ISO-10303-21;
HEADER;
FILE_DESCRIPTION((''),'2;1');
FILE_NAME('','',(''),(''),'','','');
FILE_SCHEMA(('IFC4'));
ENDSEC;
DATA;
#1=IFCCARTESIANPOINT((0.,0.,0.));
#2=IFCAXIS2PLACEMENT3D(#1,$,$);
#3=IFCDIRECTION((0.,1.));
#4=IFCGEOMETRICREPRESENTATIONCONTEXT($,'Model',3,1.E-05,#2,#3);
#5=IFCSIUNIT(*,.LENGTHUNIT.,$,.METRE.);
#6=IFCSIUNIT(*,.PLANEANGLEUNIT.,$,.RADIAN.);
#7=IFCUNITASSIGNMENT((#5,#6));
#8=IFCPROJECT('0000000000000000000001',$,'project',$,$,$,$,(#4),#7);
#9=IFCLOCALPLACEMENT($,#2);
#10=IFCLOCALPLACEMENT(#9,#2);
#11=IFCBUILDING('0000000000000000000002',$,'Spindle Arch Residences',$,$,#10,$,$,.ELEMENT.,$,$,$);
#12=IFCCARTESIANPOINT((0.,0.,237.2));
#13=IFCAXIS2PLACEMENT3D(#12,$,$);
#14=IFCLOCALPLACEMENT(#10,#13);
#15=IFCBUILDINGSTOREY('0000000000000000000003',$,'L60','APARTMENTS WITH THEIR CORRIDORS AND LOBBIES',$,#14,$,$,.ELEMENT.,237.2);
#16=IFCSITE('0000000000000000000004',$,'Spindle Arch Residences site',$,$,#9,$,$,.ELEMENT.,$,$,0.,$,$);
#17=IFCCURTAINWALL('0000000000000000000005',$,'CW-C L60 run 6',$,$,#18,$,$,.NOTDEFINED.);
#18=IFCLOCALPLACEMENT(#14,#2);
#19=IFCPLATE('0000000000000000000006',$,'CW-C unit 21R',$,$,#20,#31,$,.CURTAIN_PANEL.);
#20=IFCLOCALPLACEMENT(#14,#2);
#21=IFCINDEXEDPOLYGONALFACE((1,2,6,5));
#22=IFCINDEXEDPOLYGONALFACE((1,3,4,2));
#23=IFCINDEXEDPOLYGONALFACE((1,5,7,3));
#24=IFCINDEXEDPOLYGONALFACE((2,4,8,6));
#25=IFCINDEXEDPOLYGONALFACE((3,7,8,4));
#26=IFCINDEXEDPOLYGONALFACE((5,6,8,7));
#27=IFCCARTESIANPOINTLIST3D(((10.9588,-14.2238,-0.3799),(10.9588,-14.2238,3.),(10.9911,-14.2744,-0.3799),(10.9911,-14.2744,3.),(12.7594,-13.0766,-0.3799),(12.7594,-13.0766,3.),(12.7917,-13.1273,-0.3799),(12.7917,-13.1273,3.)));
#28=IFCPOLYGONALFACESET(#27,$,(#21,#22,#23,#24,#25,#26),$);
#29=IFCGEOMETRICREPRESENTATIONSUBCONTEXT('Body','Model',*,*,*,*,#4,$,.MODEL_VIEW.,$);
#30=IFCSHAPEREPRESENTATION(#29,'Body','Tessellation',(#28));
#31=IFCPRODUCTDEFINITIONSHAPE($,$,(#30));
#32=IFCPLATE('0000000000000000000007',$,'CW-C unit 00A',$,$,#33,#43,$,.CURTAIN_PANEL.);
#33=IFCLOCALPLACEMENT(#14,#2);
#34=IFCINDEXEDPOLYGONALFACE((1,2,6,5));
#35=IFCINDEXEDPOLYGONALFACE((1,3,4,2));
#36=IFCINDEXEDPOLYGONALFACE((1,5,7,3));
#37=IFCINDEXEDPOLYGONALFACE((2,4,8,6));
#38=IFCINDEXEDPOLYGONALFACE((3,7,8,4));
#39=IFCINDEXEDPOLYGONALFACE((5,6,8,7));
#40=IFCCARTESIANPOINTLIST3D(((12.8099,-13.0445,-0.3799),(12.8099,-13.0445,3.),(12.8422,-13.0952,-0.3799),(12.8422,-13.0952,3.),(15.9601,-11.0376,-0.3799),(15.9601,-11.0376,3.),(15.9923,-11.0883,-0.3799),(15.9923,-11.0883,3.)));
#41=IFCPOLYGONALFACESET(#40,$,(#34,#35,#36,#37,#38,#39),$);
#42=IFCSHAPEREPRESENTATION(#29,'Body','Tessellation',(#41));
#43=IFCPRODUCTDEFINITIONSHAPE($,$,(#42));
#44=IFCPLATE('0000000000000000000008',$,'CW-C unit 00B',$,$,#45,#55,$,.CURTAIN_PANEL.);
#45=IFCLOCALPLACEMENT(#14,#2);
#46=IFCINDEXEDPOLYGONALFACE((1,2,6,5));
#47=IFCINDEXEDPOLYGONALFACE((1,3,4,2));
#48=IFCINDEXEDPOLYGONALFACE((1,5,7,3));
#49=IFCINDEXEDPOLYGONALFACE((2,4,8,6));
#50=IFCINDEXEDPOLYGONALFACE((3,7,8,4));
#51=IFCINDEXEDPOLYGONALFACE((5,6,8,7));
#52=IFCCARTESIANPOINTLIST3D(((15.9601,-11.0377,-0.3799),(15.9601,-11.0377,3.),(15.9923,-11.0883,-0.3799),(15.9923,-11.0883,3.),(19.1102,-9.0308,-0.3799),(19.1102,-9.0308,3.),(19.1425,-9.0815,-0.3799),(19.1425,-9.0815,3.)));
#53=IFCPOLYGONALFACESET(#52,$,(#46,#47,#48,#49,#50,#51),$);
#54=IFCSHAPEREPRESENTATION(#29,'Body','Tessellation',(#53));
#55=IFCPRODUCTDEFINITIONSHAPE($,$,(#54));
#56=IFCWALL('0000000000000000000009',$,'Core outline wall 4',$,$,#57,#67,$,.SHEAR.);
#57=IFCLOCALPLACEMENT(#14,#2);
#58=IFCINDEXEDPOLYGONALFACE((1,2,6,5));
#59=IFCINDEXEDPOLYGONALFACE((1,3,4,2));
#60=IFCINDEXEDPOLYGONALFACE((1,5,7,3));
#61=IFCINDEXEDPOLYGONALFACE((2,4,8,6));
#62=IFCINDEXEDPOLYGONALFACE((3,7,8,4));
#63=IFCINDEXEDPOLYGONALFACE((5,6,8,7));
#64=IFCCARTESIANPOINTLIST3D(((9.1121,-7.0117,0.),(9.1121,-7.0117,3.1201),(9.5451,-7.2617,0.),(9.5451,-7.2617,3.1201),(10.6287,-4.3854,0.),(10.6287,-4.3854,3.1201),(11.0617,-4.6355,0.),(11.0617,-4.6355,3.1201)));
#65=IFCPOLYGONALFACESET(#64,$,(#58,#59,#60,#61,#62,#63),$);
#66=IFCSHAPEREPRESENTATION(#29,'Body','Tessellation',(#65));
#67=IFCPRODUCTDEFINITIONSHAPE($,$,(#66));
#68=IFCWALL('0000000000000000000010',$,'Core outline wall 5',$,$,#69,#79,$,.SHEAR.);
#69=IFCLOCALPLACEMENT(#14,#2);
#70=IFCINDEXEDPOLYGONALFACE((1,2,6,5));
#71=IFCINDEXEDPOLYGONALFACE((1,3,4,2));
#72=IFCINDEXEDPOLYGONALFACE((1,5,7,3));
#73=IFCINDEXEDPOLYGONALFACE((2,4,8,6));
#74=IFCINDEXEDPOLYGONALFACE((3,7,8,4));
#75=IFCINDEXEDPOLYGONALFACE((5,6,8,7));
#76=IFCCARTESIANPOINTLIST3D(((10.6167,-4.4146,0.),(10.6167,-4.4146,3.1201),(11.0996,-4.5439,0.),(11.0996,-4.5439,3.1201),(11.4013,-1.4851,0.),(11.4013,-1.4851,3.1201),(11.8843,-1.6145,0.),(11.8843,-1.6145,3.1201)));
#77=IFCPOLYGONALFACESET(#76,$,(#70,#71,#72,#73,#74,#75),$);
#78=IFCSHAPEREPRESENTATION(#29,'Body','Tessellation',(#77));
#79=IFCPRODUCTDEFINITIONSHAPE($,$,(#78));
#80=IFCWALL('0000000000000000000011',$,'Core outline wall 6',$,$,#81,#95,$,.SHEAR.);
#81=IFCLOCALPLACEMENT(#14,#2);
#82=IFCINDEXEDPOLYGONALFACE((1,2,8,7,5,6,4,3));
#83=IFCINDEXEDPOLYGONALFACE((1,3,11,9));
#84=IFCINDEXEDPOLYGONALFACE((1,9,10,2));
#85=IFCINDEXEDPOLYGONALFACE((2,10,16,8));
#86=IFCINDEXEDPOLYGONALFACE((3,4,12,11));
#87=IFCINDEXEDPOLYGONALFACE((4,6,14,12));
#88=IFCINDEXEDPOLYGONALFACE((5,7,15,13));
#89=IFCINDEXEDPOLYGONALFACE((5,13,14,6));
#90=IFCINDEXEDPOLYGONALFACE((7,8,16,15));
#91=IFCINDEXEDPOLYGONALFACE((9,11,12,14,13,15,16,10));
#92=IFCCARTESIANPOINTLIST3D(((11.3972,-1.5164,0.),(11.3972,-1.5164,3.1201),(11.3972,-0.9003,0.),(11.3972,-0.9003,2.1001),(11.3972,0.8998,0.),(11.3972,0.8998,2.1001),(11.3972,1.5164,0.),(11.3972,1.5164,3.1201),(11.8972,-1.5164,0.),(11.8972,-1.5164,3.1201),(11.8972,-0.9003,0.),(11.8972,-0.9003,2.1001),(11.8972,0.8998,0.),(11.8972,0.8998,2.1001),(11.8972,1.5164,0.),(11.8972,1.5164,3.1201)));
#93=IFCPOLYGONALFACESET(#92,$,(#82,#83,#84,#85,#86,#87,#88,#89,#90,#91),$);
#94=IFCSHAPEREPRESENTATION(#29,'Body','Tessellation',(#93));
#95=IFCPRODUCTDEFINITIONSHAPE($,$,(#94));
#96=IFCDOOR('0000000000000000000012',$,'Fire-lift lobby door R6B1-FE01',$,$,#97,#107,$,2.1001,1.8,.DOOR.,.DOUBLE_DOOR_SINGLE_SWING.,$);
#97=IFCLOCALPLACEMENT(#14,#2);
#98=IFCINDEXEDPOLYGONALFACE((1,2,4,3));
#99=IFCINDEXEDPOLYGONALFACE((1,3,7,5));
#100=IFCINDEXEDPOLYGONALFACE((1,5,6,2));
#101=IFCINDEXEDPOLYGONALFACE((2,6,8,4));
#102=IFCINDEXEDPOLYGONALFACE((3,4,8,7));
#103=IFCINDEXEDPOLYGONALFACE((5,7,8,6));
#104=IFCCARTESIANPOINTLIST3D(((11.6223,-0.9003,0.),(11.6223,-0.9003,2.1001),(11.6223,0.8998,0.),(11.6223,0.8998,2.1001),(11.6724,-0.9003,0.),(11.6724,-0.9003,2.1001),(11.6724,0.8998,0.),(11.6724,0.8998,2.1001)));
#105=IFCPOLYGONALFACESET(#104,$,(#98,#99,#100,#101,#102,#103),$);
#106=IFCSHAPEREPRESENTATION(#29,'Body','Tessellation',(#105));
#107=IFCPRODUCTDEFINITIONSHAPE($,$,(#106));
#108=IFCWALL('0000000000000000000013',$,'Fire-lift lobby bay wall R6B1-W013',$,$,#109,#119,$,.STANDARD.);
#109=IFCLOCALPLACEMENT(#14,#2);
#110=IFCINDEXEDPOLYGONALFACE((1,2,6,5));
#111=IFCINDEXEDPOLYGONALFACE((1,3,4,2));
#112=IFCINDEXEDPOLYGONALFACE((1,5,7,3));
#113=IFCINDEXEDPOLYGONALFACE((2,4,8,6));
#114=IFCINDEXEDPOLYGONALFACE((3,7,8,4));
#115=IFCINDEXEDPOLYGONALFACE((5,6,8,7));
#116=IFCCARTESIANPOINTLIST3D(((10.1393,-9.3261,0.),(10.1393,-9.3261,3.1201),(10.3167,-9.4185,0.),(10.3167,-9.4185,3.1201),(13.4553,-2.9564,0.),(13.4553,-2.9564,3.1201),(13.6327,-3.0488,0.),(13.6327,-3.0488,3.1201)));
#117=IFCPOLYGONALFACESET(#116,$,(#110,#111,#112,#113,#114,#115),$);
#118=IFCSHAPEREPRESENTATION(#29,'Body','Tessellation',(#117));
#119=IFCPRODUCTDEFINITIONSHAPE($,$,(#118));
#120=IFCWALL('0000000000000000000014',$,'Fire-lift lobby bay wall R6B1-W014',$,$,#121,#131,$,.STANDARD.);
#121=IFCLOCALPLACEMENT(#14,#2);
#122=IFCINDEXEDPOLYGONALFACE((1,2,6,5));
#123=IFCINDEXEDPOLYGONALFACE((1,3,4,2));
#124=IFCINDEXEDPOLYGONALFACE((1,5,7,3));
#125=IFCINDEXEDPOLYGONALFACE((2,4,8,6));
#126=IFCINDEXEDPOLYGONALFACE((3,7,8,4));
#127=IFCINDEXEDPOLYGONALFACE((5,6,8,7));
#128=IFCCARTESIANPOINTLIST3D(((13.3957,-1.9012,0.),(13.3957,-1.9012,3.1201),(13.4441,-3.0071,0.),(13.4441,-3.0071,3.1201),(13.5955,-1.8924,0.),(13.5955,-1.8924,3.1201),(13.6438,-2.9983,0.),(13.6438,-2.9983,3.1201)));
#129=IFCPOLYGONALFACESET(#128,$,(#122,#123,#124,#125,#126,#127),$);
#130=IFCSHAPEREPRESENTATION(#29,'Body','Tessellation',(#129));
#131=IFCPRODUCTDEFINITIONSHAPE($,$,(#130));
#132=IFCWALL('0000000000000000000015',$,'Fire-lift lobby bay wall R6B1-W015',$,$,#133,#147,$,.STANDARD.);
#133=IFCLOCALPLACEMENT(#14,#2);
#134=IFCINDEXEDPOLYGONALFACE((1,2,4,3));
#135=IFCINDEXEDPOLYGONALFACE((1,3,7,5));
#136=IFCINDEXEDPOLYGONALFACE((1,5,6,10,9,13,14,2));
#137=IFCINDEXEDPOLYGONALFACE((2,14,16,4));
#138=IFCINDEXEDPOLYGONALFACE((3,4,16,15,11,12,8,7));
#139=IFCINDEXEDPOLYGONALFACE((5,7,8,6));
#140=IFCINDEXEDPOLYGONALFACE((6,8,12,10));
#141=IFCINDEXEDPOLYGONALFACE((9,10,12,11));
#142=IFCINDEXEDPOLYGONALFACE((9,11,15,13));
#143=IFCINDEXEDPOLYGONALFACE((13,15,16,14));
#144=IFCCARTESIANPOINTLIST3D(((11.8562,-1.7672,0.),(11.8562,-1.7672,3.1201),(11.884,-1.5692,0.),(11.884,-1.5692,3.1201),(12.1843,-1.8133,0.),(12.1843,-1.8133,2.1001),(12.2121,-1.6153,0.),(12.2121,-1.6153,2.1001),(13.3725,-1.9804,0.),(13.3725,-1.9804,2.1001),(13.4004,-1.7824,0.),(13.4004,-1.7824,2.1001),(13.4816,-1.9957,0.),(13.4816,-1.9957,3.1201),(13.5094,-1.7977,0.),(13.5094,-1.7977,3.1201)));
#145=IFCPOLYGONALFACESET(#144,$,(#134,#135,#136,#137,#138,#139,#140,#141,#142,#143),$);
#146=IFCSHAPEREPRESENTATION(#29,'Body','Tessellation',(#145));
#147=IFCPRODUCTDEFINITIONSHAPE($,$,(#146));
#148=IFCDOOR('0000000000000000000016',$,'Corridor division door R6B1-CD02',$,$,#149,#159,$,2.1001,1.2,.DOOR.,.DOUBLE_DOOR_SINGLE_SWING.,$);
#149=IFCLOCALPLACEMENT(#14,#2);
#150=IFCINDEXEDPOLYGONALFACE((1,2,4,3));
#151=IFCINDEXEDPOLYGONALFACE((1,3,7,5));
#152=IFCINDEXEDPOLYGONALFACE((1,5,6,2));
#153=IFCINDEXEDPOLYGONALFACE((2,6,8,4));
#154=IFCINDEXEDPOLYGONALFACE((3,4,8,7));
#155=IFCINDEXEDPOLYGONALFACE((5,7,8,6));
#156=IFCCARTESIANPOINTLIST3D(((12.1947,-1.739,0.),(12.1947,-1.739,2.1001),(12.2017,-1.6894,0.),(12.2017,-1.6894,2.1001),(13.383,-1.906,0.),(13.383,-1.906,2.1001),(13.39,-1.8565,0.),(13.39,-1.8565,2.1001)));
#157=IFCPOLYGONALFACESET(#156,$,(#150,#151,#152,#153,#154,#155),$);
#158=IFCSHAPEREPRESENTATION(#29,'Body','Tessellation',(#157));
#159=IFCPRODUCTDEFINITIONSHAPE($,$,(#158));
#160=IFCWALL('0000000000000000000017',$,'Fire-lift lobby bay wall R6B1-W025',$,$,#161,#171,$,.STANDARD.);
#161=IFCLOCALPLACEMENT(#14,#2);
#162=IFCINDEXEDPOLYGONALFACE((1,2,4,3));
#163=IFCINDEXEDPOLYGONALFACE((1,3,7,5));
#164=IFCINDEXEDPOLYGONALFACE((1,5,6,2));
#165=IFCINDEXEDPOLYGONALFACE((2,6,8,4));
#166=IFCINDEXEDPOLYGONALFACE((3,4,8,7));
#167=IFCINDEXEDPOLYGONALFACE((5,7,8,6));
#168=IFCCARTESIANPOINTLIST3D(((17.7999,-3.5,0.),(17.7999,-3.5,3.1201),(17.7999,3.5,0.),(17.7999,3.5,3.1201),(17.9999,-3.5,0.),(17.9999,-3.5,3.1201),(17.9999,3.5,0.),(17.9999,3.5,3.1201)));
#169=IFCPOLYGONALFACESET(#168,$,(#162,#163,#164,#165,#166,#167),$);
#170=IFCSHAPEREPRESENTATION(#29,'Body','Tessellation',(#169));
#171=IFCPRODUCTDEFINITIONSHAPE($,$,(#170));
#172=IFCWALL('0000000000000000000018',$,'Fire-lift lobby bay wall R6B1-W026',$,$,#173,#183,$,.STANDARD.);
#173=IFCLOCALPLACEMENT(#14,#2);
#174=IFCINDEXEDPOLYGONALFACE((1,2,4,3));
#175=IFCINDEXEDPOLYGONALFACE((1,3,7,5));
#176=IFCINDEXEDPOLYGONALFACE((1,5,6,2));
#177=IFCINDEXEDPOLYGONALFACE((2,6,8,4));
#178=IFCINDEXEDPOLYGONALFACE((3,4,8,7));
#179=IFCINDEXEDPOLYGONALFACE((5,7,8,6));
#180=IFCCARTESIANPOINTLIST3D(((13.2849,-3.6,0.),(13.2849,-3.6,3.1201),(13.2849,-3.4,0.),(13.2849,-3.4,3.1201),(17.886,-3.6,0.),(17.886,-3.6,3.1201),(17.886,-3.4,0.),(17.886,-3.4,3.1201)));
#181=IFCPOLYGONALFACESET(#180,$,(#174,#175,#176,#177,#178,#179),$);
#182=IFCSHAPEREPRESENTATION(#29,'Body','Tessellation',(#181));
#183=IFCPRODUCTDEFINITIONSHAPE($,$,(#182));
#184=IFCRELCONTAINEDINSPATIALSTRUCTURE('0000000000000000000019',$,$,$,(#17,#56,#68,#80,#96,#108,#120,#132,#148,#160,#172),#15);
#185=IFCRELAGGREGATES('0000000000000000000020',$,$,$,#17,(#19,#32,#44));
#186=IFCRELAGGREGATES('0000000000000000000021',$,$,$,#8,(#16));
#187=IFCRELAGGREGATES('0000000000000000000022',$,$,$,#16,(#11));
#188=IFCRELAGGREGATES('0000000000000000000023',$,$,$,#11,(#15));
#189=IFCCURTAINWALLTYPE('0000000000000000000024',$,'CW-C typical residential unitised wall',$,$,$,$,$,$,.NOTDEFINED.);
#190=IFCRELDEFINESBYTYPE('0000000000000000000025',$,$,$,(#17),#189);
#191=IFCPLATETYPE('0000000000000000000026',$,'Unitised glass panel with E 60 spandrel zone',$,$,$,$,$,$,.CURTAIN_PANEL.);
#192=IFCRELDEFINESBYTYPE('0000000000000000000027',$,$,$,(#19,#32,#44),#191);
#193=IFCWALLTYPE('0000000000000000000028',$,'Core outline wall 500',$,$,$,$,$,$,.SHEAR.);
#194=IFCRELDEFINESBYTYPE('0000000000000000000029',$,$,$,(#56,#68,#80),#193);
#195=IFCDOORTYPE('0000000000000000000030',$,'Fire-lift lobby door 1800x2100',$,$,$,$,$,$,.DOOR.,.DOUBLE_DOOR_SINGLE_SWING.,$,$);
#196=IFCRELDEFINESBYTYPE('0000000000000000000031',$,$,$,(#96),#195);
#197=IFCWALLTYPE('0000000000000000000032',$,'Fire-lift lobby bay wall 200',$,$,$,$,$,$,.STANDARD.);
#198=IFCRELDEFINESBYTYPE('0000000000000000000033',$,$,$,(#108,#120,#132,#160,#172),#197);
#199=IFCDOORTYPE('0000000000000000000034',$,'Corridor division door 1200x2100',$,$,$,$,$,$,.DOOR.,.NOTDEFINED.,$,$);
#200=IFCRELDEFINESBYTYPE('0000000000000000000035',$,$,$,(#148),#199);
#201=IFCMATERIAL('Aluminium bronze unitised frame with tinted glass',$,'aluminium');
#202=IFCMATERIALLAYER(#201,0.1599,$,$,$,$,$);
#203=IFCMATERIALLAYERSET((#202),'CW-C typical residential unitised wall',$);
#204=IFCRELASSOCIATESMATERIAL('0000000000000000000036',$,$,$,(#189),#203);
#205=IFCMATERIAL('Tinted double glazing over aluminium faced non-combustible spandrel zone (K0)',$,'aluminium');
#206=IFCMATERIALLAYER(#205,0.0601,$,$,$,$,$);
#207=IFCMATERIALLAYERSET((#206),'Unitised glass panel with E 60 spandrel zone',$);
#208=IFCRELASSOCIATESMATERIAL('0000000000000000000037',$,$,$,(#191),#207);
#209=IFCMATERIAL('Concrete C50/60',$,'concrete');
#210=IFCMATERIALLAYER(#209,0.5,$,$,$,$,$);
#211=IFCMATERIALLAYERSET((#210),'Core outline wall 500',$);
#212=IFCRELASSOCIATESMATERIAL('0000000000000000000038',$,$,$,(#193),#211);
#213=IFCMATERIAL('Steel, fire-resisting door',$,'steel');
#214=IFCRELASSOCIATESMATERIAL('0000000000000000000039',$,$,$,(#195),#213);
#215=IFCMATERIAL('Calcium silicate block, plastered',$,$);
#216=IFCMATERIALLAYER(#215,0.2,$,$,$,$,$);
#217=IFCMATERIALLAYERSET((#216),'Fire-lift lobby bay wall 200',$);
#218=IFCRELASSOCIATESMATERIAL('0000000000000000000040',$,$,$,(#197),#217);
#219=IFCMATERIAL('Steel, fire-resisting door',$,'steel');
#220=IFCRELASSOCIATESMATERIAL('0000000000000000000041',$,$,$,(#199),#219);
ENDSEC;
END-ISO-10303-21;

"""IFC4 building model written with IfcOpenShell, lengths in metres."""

from ifc_helpers import new_model, si_unit, direction, frame, frame_2d, origin, origin_2d, place, context, subcontext, project, spatial, rectangle, extrude, material, layer, layer_set, type_object, element, fill, aggregate, save


model = new_model("IFC4")

# Units and contexts
model_context = context("Model", 3, precision=1e-05, world=origin(), true_north=direction((0.0, 1.0)))
body_context = subcontext(model_context, "Body", "Model", "MODEL_VIEW")
ifc_project = project(units=[si_unit("LENGTHUNIT", "METRE"), si_unit("PLANEANGLEUNIT", "RADIAN")], contexts=[model_context])

# Site, building, storey
site_placement = place(None, origin())
site = spatial("IfcSite", under=ifc_project, at=site_placement, Name="Spindle Arch Residences site", CompositionType="ELEMENT", RefElevation=0.0)
building_placement = place(site_placement, origin())
building = spatial("IfcBuilding", under=site, at=building_placement, Name="Spindle Arch Residences", CompositionType="ELEMENT")
storey_placement = place(building_placement, frame((0.0, 0.0, 237.2)))
storey = spatial("IfcBuildingStorey", under=building, at=storey_placement, Name="L60", Description="APARTMENTS WITH THEIR CORRIDORS AND LOBBIES", CompositionType="ELEMENT", Elevation=237.2)

# Curtain wall
ifc_material_1 = material(Name="Aluminium bronze unitised frame with tinted glass", Category="aluminium")
ifc_layer_1 = layer(ifc_material_1, 0.1599)
ifc_layer_set_1 = layer_set([ifc_layer_1], Name="CW-C typical residential unitised wall")
curtain_wall_type_1 = type_object("IfcCurtainWallType", Name="CW-C typical residential unitised wall", PredefinedType="NOTDEFINED", material=ifc_layer_set_1)
curtain_wall_1_placement = place(storey_placement, origin())
curtain_wall_1 = element("IfcCurtainWall", 1, at=curtain_wall_1_placement, inside=storey, type_object=curtain_wall_type_1, Name="CW-C L60 run 6", PredefinedType="NOTDEFINED")

# Plates
ifc_material_2 = material(Name="Tinted double glazing over aluminium faced non-combustible spandrel zone (K0)", Category="aluminium")
ifc_layer_2 = layer(ifc_material_2, 0.0601)
ifc_layer_set_2 = layer_set([ifc_layer_2], Name="Unitised glass panel with E 60 spandrel zone")
plate_type = type_object("IfcPlateType", Name="Unitised glass panel with E 60 spandrel zone", PredefinedType="CURTAIN_PANEL", material=ifc_layer_set_2)
plate_1_placement = place(storey_placement, frame((11.8752, -13.6755, -0.3799), z_axis=(0.0, 0.0, 1.0), x_axis=(0.843391, 0.5373, 0.0)))
plate_1 = element("IfcPlate", 2, at=plate_1_placement, type_object=plate_type, Name="CW-C unit 21R", PredefinedType="CURTAIN_PANEL", context=body_context, shape_type="SweptSolid", body=[
    extrude(rectangle(XDim=2.135, YDim=0.0601, at=origin_2d()), origin(), (0.0, 0.0, 1.0), 3.3799),
])
plate_2_placement = place(storey_placement, frame((14.4011, -12.0664, -0.3799), z_axis=(0.0, 0.0, 1.0), x_axis=(0.843391, 0.5373, 0.0)))
plate_2 = element("IfcPlate", 3, at=plate_2_placement, type_object=plate_type, Name="CW-C unit 00A", PredefinedType="CURTAIN_PANEL", context=body_context, shape_type="SweptSolid", body=[
    extrude(rectangle(XDim=3.7351, YDim=0.0601, at=origin_2d()), origin(), (0.0, 0.0, 1.0), 3.3799),
])
plate_3_placement = place(storey_placement, frame((17.5513, -10.0596, -0.3799), z_axis=(0.0, 0.0, 1.0), x_axis=(0.843391, 0.5373, 0.0)))
plate_3 = element("IfcPlate", 4, at=plate_3_placement, type_object=plate_type, Name="CW-C unit 00B", PredefinedType="CURTAIN_PANEL", context=body_context, shape_type="SweptSolid", body=[
    extrude(rectangle(XDim=3.7351, YDim=0.0601, at=origin_2d()), origin(), (0.0, 0.0, 1.0), 3.3799),
])
aggregate(curtain_wall_1, [plate_1, plate_2, plate_3])

# Walls
ifc_material_3 = material(Name="Concrete C50/60", Category="concrete")
ifc_layer_3 = layer(ifc_material_3, 0.5)
ifc_layer_set_3 = layer_set([ifc_layer_3], Name="Core outline wall 500")
wall_type_1 = type_object("IfcWallType", Name="Core outline wall 500", PredefinedType="SHEAR", material=ifc_layer_set_3)
for number, where, z_axis, x_axis, name in (
    (5, (9.3286, -7.1367, 0.0), (0.0, 0.0, 1.0), (0.500087, 0.865975, 0.0), "Core outline wall 4"),
    (6, (10.8582, -4.4792, 0.0), (0.0, 0.0, 1.0), (0.258735, 0.965948, 0.0), "Core outline wall 5"),
):
    element("IfcWall", number, at=place(storey_placement, frame(where, z_axis=z_axis, x_axis=x_axis)), inside=storey, type_object=wall_type_1, Name=name, PredefinedType="SHEAR", context=body_context, shape_type="SweptSolid", body=[
        extrude(rectangle(XDim=3.0327, YDim=0.5, at=frame_2d((1.5164, 0.0))), origin(), (0.0, 0.0, 1.0), 3.1201),
    ])

# Wall, opening, door
wall_1_placement = place(storey_placement, frame((11.6472, -1.5164, 0.0), z_axis=(0.0, 0.0, 1.0), x_axis=(0.0, 1.0, 0.0)))
wall_1 = element("IfcWall", 7, at=wall_1_placement, inside=storey, type_object=wall_type_1, Name="Core outline wall 6", PredefinedType="SHEAR", context=body_context, shape_type="SweptSolid", body=[
    extrude(rectangle(XDim=3.0327, YDim=0.5, at=frame_2d((1.5164, 0.0))), origin(), (0.0, 0.0, 1.0), 3.1201),
])
opening_1_placement = place(wall_1_placement, frame((0.6162, 0.0, 0.0)))
opening_1 = element("IfcOpeningElement", 8, at=opening_1_placement, cuts=wall_1, PredefinedType="OPENING", context=body_context, shape_type="SweptSolid", body=[
    extrude(rectangle(XDim=1.8, YDim=2.1001, at=frame_2d((0.8999, 1.05))), frame((0.0, 0.26, 0.0), z_axis=(0.0, -1.0, 0.0), x_axis=(1.0, 0.0, 0.0)), (0.0, 0.0, 1.0), 0.52),
])
ifc_material_4 = material(Name="Steel, fire-resisting door", Category="steel")
door_type_1 = type_object("IfcDoorType", Name="Fire-lift lobby door 1800x2100", OperationType="DOUBLE_DOOR_SINGLE_SWING", PredefinedType="DOOR", material=ifc_material_4)
door_1_placement = place(opening_1_placement, origin())
door_1 = element("IfcDoor", 9, at=door_1_placement, inside=storey, type_object=door_type_1, Name="Fire-lift lobby door R6B1-FE01", OperationType="DOUBLE_DOOR_SINGLE_SWING", OverallHeight=2.1001, OverallWidth=1.8, PredefinedType="DOOR", context=body_context, shape_type="SweptSolid", body=[
    extrude(rectangle(XDim=1.8, YDim=2.1001, at=frame_2d((0.8999, 1.05))), frame((0.0, 0.0249, 0.0), z_axis=(0.0, -1.0, 0.0), x_axis=(1.0, 0.0, 0.0)), (0.0, 0.0, 1.0), 0.05),
])
fill(opening_1, door_1)

# Walls
ifc_material_5 = material(Name="Calcium silicate block, plastered")
ifc_layer_4 = layer(ifc_material_5, 0.2)
ifc_layer_set_4 = layer_set([ifc_layer_4], Name="Fire-lift lobby bay wall 200")
wall_type_2 = type_object("IfcWallType", Name="Fire-lift lobby bay wall 200", PredefinedType="STANDARD", material=ifc_layer_set_4)
wall_2_placement = place(storey_placement, frame((10.228, -9.3723, 0.0), z_axis=(0.0, 0.0, 1.0), x_axis=(0.461759, 0.887005, 0.0)))
element("IfcWall", 10, at=wall_2_placement, inside=storey, type_object=wall_type_2, Name="Fire-lift lobby bay wall R6B1-W013", PredefinedType="STANDARD", context=body_context, shape_type="SweptSolid", body=[
    extrude(rectangle(XDim=7.1812, YDim=0.2, at=frame_2d((3.5906, 0.0))), origin(), (0.0, 0.0, 1.0), 3.1201),
])
wall_3_placement = place(storey_placement, frame((13.5439, -3.0027, 0.0), z_axis=(0.0, 0.0, 1.0), x_axis=(-0.043667, 0.999046, 0.0)))
element("IfcWall", 11, at=wall_3_placement, inside=storey, type_object=wall_type_2, Name="Fire-lift lobby bay wall R6B1-W014", PredefinedType="STANDARD", context=body_context, shape_type="SweptSolid", body=[
    extrude(rectangle(XDim=1.1069, YDim=0.2, at=frame_2d((0.5535, 0.0))), origin(), (0.0, 0.0, 1.0), 3.1201),
])

# Wall, opening, door
wall_4_placement = place(storey_placement, frame((13.4956, -1.8967, 0.0), z_axis=(0.0, 0.0, 1.0), x_axis=(-0.990262, 0.139214, 0.0)))
wall_4 = element("IfcWall", 12, at=wall_4_placement, inside=storey, type_object=wall_type_2, Name="Fire-lift lobby bay wall R6B1-W015", PredefinedType="STANDARD", context=body_context, shape_type="SweptSolid", body=[
    extrude(rectangle(XDim=1.6414, YDim=0.2, at=frame_2d((0.8208, 0.0))), origin(), (0.0, 0.0, 1.0), 3.1201),
])
opening_2_placement = place(wall_4_placement, frame((0.1101, 0.0, 0.0)))
opening_2 = element("IfcOpeningElement", 13, at=opening_2_placement, cuts=wall_4, PredefinedType="OPENING", context=body_context, shape_type="SweptSolid", body=[
    extrude(rectangle(XDim=1.2, YDim=2.1001, at=frame_2d((0.6001, 1.05))), frame((0.0, 0.1099, 0.0), z_axis=(0.0, -1.0, 0.0), x_axis=(1.0, 0.0, 0.0)), (0.0, 0.0, 1.0), 0.22),
])
ifc_material_6 = material(Name="Steel, fire-resisting door", Category="steel")
door_type_2 = type_object("IfcDoorType", Name="Corridor division door 1200x2100", OperationType="NOTDEFINED", PredefinedType="DOOR", material=ifc_material_6)
door_2_placement = place(opening_2_placement, origin())
door_2 = element("IfcDoor", 14, at=door_2_placement, inside=storey, type_object=door_type_2, Name="Corridor division door R6B1-CD02", OperationType="DOUBLE_DOOR_SINGLE_SWING", OverallHeight=2.1001, OverallWidth=1.2, PredefinedType="DOOR", context=body_context, shape_type="SweptSolid", body=[
    extrude(rectangle(XDim=1.2, YDim=2.1001, at=frame_2d((0.6001, 1.05))), frame((0.0, 0.0249, 0.0), z_axis=(0.0, -1.0, 0.0), x_axis=(1.0, 0.0, 0.0)), (0.0, 0.0, 1.0), 0.05),
])
fill(opening_2, door_2)

# Walls
wall_5_placement = place(storey_placement, frame((17.8999, -3.5, 0.0), z_axis=(0.0, 0.0, 1.0), x_axis=(0.0, 1.0, 0.0)))
element("IfcWall", 15, at=wall_5_placement, inside=storey, type_object=wall_type_2, Name="Fire-lift lobby bay wall R6B1-W025", PredefinedType="STANDARD", context=body_context, shape_type="SweptSolid", body=[
    extrude(rectangle(XDim=7.0, YDim=0.2, at=frame_2d((3.5, 0.0))), origin(), (0.0, 0.0, 1.0), 3.1201),
])
wall_6_placement = place(storey_placement, frame((13.2849, -3.5, 0.0), z_axis=(0.0, 0.0, 1.0), x_axis=(1.0, 0.0, 0.0)))
element("IfcWall", 16, at=wall_6_placement, inside=storey, type_object=wall_type_2, Name="Fire-lift lobby bay wall R6B1-W026", PredefinedType="STANDARD", context=body_context, shape_type="SweptSolid", body=[
    extrude(rectangle(XDim=4.6011, YDim=0.2, at=frame_2d((2.3005, 0.0))), origin(), (0.0, 0.0, 1.0), 3.1201),
])

save(model, "model.ifc")
